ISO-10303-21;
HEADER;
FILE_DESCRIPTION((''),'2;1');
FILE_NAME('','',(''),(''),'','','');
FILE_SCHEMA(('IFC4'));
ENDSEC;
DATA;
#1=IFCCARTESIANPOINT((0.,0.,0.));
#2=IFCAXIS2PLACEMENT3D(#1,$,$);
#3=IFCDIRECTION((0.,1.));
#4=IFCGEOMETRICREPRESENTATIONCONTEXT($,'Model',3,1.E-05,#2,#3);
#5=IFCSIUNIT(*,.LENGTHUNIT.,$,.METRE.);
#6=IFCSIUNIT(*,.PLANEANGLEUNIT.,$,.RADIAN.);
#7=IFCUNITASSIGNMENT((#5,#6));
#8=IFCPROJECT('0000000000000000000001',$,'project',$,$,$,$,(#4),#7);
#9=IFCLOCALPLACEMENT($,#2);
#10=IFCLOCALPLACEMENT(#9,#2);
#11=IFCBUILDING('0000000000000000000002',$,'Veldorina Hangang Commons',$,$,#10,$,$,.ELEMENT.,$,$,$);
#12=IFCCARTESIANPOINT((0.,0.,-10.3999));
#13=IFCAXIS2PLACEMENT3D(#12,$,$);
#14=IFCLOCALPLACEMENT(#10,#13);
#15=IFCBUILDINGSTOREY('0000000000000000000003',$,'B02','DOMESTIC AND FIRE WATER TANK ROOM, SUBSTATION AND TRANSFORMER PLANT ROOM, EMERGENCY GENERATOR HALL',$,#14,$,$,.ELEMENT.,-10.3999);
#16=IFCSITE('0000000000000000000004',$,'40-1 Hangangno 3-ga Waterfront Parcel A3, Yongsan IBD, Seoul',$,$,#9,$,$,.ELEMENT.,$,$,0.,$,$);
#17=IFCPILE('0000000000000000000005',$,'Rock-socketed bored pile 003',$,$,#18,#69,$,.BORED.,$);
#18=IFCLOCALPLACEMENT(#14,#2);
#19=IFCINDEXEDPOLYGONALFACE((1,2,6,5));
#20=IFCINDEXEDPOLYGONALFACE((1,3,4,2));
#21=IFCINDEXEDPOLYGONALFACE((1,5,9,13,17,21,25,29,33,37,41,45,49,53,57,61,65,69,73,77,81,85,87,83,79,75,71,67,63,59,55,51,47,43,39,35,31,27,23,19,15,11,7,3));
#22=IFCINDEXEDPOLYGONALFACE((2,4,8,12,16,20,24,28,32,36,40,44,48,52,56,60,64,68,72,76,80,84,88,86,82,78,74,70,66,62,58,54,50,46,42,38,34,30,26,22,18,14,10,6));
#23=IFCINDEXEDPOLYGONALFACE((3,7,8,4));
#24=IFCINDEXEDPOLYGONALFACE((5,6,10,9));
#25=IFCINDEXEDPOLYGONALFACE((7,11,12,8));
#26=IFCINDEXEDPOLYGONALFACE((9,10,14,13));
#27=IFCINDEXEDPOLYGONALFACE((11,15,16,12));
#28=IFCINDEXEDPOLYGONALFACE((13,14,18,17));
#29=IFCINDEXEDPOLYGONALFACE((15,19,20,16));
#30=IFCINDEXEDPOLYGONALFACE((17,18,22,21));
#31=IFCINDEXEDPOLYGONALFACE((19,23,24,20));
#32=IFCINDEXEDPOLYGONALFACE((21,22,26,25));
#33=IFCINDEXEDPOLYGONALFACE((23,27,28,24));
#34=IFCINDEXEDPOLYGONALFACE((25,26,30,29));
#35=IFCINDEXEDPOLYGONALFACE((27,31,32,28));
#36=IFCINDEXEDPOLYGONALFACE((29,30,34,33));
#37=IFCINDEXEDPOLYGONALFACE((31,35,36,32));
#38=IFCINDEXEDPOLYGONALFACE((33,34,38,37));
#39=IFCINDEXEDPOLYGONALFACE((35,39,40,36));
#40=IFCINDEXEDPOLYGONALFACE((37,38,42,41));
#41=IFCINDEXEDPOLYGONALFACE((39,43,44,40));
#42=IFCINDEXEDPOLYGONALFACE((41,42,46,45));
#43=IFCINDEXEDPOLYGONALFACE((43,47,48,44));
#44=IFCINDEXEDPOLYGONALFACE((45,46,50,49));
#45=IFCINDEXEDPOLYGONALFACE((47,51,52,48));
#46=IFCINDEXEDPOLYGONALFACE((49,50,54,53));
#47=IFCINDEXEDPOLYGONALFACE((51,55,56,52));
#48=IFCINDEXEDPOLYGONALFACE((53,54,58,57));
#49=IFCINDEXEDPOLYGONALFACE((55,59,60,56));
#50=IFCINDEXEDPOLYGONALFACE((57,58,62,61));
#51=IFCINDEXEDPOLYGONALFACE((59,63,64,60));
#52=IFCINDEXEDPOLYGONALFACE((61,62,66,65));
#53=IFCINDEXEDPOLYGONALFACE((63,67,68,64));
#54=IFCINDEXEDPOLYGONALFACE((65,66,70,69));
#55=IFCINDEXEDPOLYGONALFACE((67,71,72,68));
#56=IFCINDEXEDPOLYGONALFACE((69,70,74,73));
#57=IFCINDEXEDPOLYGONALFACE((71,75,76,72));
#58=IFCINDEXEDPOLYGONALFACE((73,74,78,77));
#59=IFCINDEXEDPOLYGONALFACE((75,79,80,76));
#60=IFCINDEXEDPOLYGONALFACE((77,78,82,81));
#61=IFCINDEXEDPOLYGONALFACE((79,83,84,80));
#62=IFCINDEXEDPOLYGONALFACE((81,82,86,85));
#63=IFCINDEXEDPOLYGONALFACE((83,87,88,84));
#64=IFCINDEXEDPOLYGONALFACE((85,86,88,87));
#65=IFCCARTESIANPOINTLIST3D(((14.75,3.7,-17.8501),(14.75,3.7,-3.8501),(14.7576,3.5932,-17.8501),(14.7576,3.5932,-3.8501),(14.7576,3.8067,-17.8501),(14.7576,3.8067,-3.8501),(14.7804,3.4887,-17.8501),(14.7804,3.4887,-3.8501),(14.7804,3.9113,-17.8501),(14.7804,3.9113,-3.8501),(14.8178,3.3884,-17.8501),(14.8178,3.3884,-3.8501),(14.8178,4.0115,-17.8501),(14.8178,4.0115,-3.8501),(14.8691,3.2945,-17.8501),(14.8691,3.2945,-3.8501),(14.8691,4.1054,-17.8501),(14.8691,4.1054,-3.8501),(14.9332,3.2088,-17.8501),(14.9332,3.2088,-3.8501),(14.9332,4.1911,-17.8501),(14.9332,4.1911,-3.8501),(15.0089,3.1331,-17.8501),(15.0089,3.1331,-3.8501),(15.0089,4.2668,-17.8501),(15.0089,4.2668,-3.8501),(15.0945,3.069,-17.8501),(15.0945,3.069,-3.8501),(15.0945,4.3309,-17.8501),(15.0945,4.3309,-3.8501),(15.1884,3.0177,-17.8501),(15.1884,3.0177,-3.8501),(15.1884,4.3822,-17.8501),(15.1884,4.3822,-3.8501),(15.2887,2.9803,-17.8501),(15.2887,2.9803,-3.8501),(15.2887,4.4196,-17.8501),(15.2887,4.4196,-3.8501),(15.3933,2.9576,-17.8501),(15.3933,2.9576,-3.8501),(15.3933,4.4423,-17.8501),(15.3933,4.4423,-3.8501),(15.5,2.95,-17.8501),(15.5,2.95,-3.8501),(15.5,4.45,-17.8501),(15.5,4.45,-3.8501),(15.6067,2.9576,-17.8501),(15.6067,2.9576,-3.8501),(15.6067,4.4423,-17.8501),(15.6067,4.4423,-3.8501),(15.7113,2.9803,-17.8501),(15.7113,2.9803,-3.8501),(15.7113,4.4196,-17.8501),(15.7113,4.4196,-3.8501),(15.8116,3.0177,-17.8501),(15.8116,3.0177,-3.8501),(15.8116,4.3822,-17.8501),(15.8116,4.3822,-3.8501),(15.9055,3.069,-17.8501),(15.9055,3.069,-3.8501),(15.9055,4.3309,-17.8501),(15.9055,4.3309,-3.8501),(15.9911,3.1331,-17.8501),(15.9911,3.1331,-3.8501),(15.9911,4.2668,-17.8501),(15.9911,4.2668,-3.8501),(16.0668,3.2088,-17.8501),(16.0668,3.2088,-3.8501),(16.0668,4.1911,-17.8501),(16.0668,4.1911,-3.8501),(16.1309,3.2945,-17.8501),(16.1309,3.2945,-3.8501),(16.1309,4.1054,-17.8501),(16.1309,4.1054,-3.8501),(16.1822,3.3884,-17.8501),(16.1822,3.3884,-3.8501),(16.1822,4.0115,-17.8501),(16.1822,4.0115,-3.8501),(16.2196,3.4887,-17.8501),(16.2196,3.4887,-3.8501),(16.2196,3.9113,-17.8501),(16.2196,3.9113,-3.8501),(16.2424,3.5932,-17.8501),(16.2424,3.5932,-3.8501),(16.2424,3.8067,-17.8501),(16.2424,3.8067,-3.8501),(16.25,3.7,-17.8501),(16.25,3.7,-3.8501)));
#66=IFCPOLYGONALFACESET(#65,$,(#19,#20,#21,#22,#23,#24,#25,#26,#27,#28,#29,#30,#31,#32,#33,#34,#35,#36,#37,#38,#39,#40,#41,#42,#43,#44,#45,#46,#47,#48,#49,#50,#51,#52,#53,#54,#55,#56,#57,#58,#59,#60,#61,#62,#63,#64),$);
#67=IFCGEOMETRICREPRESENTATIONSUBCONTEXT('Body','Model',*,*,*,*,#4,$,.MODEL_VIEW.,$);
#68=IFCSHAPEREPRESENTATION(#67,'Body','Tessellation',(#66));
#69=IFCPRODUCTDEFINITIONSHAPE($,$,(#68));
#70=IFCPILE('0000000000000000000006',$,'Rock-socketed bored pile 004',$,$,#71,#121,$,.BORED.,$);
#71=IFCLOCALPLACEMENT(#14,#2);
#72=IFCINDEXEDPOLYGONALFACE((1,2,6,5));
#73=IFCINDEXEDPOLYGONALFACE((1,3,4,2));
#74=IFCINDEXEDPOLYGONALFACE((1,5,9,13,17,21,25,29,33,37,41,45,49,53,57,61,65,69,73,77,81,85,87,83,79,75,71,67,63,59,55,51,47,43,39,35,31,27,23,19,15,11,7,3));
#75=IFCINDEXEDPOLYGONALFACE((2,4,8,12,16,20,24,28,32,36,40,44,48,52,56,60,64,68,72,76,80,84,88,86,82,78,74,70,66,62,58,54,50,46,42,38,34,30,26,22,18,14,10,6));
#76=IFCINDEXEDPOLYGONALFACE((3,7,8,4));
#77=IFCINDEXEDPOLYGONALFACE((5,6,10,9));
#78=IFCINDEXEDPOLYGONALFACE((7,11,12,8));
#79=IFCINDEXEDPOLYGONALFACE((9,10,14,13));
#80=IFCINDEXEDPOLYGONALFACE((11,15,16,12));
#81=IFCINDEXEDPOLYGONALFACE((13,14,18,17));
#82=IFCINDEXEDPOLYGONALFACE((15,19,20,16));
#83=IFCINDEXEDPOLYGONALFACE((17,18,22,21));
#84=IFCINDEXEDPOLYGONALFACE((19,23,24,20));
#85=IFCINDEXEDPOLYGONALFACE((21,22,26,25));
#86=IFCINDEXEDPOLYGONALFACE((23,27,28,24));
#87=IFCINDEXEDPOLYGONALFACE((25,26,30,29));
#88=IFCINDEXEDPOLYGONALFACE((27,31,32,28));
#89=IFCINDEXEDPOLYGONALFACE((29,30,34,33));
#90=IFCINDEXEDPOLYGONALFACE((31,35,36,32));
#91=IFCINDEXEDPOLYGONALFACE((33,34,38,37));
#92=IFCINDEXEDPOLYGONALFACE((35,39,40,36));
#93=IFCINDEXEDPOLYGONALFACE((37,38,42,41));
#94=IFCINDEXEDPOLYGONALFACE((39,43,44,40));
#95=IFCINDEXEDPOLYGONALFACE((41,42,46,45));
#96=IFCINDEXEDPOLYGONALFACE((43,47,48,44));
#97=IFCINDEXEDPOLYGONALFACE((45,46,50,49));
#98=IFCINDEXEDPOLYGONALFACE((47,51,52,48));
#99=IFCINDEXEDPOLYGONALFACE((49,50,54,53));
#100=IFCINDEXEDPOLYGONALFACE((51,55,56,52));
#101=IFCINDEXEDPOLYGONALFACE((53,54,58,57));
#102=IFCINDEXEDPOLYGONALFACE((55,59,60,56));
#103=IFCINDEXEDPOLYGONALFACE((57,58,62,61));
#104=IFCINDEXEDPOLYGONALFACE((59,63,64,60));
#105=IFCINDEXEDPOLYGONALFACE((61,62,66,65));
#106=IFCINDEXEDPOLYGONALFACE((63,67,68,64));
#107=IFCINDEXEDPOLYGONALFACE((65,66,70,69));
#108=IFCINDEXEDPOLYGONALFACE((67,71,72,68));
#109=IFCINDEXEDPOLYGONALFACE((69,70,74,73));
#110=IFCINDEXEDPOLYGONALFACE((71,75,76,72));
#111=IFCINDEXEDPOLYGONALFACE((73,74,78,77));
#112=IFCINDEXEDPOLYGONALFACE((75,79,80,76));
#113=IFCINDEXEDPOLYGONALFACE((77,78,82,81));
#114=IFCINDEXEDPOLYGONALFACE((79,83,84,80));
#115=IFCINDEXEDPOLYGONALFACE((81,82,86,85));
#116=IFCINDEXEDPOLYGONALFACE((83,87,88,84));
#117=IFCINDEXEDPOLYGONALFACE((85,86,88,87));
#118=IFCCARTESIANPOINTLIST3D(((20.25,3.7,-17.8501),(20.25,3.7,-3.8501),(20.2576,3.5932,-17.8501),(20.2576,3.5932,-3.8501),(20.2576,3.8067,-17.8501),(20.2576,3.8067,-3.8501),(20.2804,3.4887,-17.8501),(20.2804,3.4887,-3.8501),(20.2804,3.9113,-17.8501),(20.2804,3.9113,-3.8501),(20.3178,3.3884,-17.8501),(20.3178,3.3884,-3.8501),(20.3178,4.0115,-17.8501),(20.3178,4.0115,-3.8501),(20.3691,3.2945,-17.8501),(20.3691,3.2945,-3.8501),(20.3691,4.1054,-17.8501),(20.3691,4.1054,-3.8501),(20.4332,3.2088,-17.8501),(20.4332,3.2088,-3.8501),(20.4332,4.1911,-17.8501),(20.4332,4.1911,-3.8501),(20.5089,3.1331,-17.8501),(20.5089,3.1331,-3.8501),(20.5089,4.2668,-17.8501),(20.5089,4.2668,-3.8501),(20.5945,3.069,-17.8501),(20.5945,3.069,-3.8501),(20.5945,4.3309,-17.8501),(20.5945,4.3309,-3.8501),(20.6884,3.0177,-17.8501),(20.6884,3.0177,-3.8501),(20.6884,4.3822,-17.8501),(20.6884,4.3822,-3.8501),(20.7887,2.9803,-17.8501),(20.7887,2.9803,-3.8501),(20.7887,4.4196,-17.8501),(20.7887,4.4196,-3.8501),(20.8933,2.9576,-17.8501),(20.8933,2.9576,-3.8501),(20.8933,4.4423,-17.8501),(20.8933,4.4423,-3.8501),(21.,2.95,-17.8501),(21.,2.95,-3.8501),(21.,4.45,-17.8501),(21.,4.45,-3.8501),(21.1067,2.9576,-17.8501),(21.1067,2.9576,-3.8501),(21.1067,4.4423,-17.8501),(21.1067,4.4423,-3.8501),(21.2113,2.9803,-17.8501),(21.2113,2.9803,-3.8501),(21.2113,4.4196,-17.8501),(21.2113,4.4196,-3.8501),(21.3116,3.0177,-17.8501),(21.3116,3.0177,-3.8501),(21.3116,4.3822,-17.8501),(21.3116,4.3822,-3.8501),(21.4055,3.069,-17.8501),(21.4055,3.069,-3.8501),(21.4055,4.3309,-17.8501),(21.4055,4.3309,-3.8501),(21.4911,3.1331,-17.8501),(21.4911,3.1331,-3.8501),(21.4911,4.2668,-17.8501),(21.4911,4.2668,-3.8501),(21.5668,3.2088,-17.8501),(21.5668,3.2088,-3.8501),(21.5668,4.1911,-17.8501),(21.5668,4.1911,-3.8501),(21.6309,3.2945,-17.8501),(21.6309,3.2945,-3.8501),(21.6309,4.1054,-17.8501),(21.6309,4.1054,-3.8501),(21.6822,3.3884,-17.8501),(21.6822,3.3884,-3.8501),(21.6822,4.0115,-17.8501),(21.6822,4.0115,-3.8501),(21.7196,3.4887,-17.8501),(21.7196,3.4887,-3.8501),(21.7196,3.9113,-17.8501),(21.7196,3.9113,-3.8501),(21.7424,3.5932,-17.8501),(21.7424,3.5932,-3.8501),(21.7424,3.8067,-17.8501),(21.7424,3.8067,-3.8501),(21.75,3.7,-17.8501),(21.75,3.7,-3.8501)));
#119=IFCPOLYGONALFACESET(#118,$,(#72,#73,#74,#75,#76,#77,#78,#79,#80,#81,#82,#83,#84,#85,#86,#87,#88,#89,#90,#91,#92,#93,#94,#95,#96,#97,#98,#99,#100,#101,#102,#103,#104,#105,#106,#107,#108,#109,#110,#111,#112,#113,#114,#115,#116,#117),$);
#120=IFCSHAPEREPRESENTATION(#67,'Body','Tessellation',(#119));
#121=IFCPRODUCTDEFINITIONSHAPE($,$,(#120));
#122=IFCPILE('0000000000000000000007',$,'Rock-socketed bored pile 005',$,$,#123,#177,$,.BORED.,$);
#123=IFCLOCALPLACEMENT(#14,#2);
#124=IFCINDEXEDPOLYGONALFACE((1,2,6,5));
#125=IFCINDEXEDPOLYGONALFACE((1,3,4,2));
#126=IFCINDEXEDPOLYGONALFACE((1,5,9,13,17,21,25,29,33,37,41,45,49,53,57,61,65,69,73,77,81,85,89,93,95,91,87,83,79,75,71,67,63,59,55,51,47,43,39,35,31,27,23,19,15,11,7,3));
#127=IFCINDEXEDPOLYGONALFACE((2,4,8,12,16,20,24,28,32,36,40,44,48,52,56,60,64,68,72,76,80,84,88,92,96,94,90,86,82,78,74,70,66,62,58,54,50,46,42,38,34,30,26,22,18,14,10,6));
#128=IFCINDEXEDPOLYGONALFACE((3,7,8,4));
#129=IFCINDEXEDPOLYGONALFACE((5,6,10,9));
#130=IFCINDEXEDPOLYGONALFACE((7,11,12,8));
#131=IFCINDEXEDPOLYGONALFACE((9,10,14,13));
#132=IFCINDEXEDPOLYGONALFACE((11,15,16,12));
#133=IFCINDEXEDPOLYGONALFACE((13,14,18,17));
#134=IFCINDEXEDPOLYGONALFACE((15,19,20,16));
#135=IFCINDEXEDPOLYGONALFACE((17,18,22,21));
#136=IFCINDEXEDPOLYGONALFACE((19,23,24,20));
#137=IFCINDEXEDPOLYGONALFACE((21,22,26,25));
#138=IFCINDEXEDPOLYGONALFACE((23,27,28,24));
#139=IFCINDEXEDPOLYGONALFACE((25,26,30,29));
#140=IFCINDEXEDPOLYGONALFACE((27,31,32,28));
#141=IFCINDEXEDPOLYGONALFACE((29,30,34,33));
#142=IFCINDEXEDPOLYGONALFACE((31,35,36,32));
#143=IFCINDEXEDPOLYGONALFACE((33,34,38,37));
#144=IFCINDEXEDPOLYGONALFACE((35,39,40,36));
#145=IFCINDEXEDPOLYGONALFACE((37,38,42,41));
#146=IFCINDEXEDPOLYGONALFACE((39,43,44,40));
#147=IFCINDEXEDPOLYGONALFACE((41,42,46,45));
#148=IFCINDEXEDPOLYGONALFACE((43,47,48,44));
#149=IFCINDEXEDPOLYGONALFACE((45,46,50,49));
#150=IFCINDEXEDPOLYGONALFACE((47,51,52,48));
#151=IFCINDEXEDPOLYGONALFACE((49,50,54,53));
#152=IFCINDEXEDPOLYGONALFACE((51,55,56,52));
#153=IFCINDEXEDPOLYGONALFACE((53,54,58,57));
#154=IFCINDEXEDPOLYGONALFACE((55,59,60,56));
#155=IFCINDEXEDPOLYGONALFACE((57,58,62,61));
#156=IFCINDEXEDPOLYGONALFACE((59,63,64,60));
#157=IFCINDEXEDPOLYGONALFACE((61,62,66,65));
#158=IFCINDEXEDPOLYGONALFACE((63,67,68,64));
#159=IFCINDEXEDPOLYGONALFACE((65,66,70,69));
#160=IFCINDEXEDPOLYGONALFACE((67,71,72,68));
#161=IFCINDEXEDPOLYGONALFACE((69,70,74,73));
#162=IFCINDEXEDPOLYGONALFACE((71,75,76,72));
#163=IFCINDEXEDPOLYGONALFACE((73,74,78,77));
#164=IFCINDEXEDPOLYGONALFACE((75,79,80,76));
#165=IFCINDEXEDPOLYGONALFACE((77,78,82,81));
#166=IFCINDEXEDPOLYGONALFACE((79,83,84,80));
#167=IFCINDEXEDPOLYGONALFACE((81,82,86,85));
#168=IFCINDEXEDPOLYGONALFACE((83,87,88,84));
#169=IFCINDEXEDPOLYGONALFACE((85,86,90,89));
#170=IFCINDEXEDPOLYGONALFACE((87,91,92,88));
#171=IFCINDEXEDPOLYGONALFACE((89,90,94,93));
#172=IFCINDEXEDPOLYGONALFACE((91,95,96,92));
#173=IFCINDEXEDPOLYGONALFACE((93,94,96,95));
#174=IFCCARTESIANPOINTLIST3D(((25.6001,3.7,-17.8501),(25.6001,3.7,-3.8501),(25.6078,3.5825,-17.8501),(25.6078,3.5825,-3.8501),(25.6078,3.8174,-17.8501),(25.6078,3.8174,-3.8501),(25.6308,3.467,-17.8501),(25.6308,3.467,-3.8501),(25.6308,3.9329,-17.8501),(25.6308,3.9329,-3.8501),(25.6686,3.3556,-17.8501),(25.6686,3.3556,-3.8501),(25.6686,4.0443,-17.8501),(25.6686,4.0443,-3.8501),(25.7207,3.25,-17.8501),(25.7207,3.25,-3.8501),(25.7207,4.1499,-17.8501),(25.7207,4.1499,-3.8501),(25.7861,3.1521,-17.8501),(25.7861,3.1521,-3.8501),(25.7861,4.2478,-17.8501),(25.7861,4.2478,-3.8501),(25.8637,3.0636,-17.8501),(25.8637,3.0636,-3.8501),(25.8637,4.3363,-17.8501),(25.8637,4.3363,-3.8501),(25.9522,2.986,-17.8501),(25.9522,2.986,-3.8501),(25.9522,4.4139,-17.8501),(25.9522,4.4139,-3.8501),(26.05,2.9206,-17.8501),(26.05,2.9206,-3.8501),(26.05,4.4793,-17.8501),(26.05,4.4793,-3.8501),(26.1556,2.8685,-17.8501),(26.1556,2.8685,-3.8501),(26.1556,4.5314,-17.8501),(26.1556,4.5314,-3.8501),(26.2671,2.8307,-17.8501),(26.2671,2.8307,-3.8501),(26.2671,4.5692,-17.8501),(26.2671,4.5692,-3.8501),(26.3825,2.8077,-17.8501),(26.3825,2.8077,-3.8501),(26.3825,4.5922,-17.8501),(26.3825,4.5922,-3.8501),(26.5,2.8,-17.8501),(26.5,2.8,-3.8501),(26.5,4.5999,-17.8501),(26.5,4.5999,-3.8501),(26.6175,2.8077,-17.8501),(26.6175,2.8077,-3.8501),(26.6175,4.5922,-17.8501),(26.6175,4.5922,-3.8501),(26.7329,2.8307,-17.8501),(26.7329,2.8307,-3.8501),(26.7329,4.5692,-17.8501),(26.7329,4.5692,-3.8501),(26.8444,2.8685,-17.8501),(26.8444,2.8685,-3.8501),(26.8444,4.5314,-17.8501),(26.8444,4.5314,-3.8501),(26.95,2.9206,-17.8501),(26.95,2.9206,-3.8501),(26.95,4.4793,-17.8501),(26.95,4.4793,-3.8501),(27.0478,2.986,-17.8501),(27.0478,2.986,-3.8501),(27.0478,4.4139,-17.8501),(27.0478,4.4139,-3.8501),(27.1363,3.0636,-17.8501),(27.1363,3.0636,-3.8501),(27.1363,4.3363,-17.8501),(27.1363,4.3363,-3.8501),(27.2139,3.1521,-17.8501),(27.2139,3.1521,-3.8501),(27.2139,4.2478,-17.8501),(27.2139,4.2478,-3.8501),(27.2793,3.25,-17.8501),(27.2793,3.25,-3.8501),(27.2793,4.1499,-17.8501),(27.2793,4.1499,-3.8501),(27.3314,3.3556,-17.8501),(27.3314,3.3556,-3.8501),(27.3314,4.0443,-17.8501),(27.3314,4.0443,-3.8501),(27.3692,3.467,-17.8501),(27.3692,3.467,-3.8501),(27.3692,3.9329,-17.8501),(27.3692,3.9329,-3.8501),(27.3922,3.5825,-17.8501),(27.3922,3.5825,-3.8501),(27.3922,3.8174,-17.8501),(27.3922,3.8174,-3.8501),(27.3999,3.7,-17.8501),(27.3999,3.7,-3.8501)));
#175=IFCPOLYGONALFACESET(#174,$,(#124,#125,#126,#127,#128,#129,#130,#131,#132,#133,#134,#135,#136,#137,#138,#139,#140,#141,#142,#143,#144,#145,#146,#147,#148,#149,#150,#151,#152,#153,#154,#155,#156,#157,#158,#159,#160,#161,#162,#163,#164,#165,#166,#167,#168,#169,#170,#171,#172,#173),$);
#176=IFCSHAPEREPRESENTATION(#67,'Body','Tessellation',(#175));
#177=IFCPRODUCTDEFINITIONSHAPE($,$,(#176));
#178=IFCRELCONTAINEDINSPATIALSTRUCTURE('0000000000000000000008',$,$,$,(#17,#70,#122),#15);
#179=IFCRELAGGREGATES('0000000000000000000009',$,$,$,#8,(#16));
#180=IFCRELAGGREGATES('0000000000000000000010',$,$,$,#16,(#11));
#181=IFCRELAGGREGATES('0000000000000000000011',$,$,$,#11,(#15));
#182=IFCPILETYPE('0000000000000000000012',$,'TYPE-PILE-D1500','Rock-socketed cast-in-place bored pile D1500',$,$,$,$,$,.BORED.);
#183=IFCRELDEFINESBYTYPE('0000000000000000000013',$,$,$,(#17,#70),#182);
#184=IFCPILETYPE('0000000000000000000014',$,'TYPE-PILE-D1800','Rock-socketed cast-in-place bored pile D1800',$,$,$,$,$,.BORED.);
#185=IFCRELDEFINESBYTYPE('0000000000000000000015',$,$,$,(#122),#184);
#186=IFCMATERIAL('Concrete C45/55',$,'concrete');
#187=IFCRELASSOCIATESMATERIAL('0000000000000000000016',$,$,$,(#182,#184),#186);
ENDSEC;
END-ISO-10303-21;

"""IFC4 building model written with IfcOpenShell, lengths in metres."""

from ifc_helpers import new_model, si_unit, direction, frame, origin, origin_2d, place, context, subcontext, project, spatial, circle, extrude, material, material_profile, profile_set, type_object, element, save


model = new_model("IFC4")

# Units and contexts
model_context = context("Model", 3, precision=1e-05, world=origin(), true_north=direction((0.0, 1.0)))
body_context = subcontext(model_context, "Body", "Model", "MODEL_VIEW")
ifc_project = project(units=[si_unit("LENGTHUNIT", "METRE"), si_unit("PLANEANGLEUNIT", "RADIAN")], contexts=[model_context])

# Site, building, storey
site_placement = place(None, origin())
site = spatial("IfcSite", under=ifc_project, at=site_placement, Name="40-1 Hangangno 3-ga Waterfront Parcel A3, Yongsan IBD, Seoul", CompositionType="ELEMENT", RefElevation=0.0)
building_placement = place(site_placement, origin())
building = spatial("IfcBuilding", under=site, at=building_placement, Name="Veldorina Hangang Commons", CompositionType="ELEMENT")
storey_placement = place(building_placement, frame((0.0, 0.0, -10.3999)))
storey = spatial("IfcBuildingStorey", under=building, at=storey_placement, Name="B02", Description="DOMESTIC AND FIRE WATER TANK ROOM, SUBSTATION AND TRANSFORMER PLANT ROOM, EMERGENCY GENERATOR HALL", CompositionType="ELEMENT", Elevation=-10.3999)

# Piles
ifc_material_1 = material(Name="Concrete C45/55", Category="concrete")
ifc_material_profile_1 = material_profile(ifc_material_1, circle(Radius=0.75, at=origin_2d()), Name="PILE-D1500")
ifc_profile_set_1 = profile_set([ifc_material_profile_1], Name="Concrete C45/55")
pile_type_1 = type_object("IfcPileType", Name="TYPE-PILE-D1500", Description="Rock-socketed cast-in-place bored pile D1500", PredefinedType="BORED", material=ifc_profile_set_1)
for number, where, z_axis, x_axis, name in (
    (1, (15.5, 3.7, -3.8501), (0.0, 0.0, -1.0), (1.0, 0.0, 0.0), "Rock-socketed bored pile 003"),
    (2, (21.0, 3.7, -3.8501), (0.0, 0.0, -1.0), (1.0, 0.0, 0.0), "Rock-socketed bored pile 004"),
):
    element("IfcPile", number, at=place(storey_placement, frame(where, z_axis=z_axis, x_axis=x_axis)), inside=storey, type_object=pile_type_1, Name=name, PredefinedType="BORED", context=body_context, shape_type="SweptSolid", body=[
        extrude(circle(Radius=0.75, at=origin_2d()), origin(), (0.0, 0.0, 1.0), 14.0),
    ])
ifc_material_profile_2 = material_profile(ifc_material_1, circle(Radius=0.8999, at=origin_2d()), Name="PILE-D1800")
ifc_profile_set_2 = profile_set([ifc_material_profile_2], Name="Concrete C45/55")
pile_type_2 = type_object("IfcPileType", Name="TYPE-PILE-D1800", Description="Rock-socketed cast-in-place bored pile D1800", PredefinedType="BORED", material=ifc_profile_set_2)
pile_placement = place(storey_placement, frame((26.5, 3.7, -3.8501), z_axis=(0.0, 0.0, -1.0), x_axis=(1.0, 0.0, 0.0)))
element("IfcPile", 3, at=pile_placement, inside=storey, type_object=pile_type_2, Name="Rock-socketed bored pile 005", PredefinedType="BORED", context=body_context, shape_type="SweptSolid", body=[
    extrude(circle(Radius=0.8999, at=origin_2d()), origin(), (0.0, 0.0, 1.0), 14.0),
])

save(model, "model.ifc")
